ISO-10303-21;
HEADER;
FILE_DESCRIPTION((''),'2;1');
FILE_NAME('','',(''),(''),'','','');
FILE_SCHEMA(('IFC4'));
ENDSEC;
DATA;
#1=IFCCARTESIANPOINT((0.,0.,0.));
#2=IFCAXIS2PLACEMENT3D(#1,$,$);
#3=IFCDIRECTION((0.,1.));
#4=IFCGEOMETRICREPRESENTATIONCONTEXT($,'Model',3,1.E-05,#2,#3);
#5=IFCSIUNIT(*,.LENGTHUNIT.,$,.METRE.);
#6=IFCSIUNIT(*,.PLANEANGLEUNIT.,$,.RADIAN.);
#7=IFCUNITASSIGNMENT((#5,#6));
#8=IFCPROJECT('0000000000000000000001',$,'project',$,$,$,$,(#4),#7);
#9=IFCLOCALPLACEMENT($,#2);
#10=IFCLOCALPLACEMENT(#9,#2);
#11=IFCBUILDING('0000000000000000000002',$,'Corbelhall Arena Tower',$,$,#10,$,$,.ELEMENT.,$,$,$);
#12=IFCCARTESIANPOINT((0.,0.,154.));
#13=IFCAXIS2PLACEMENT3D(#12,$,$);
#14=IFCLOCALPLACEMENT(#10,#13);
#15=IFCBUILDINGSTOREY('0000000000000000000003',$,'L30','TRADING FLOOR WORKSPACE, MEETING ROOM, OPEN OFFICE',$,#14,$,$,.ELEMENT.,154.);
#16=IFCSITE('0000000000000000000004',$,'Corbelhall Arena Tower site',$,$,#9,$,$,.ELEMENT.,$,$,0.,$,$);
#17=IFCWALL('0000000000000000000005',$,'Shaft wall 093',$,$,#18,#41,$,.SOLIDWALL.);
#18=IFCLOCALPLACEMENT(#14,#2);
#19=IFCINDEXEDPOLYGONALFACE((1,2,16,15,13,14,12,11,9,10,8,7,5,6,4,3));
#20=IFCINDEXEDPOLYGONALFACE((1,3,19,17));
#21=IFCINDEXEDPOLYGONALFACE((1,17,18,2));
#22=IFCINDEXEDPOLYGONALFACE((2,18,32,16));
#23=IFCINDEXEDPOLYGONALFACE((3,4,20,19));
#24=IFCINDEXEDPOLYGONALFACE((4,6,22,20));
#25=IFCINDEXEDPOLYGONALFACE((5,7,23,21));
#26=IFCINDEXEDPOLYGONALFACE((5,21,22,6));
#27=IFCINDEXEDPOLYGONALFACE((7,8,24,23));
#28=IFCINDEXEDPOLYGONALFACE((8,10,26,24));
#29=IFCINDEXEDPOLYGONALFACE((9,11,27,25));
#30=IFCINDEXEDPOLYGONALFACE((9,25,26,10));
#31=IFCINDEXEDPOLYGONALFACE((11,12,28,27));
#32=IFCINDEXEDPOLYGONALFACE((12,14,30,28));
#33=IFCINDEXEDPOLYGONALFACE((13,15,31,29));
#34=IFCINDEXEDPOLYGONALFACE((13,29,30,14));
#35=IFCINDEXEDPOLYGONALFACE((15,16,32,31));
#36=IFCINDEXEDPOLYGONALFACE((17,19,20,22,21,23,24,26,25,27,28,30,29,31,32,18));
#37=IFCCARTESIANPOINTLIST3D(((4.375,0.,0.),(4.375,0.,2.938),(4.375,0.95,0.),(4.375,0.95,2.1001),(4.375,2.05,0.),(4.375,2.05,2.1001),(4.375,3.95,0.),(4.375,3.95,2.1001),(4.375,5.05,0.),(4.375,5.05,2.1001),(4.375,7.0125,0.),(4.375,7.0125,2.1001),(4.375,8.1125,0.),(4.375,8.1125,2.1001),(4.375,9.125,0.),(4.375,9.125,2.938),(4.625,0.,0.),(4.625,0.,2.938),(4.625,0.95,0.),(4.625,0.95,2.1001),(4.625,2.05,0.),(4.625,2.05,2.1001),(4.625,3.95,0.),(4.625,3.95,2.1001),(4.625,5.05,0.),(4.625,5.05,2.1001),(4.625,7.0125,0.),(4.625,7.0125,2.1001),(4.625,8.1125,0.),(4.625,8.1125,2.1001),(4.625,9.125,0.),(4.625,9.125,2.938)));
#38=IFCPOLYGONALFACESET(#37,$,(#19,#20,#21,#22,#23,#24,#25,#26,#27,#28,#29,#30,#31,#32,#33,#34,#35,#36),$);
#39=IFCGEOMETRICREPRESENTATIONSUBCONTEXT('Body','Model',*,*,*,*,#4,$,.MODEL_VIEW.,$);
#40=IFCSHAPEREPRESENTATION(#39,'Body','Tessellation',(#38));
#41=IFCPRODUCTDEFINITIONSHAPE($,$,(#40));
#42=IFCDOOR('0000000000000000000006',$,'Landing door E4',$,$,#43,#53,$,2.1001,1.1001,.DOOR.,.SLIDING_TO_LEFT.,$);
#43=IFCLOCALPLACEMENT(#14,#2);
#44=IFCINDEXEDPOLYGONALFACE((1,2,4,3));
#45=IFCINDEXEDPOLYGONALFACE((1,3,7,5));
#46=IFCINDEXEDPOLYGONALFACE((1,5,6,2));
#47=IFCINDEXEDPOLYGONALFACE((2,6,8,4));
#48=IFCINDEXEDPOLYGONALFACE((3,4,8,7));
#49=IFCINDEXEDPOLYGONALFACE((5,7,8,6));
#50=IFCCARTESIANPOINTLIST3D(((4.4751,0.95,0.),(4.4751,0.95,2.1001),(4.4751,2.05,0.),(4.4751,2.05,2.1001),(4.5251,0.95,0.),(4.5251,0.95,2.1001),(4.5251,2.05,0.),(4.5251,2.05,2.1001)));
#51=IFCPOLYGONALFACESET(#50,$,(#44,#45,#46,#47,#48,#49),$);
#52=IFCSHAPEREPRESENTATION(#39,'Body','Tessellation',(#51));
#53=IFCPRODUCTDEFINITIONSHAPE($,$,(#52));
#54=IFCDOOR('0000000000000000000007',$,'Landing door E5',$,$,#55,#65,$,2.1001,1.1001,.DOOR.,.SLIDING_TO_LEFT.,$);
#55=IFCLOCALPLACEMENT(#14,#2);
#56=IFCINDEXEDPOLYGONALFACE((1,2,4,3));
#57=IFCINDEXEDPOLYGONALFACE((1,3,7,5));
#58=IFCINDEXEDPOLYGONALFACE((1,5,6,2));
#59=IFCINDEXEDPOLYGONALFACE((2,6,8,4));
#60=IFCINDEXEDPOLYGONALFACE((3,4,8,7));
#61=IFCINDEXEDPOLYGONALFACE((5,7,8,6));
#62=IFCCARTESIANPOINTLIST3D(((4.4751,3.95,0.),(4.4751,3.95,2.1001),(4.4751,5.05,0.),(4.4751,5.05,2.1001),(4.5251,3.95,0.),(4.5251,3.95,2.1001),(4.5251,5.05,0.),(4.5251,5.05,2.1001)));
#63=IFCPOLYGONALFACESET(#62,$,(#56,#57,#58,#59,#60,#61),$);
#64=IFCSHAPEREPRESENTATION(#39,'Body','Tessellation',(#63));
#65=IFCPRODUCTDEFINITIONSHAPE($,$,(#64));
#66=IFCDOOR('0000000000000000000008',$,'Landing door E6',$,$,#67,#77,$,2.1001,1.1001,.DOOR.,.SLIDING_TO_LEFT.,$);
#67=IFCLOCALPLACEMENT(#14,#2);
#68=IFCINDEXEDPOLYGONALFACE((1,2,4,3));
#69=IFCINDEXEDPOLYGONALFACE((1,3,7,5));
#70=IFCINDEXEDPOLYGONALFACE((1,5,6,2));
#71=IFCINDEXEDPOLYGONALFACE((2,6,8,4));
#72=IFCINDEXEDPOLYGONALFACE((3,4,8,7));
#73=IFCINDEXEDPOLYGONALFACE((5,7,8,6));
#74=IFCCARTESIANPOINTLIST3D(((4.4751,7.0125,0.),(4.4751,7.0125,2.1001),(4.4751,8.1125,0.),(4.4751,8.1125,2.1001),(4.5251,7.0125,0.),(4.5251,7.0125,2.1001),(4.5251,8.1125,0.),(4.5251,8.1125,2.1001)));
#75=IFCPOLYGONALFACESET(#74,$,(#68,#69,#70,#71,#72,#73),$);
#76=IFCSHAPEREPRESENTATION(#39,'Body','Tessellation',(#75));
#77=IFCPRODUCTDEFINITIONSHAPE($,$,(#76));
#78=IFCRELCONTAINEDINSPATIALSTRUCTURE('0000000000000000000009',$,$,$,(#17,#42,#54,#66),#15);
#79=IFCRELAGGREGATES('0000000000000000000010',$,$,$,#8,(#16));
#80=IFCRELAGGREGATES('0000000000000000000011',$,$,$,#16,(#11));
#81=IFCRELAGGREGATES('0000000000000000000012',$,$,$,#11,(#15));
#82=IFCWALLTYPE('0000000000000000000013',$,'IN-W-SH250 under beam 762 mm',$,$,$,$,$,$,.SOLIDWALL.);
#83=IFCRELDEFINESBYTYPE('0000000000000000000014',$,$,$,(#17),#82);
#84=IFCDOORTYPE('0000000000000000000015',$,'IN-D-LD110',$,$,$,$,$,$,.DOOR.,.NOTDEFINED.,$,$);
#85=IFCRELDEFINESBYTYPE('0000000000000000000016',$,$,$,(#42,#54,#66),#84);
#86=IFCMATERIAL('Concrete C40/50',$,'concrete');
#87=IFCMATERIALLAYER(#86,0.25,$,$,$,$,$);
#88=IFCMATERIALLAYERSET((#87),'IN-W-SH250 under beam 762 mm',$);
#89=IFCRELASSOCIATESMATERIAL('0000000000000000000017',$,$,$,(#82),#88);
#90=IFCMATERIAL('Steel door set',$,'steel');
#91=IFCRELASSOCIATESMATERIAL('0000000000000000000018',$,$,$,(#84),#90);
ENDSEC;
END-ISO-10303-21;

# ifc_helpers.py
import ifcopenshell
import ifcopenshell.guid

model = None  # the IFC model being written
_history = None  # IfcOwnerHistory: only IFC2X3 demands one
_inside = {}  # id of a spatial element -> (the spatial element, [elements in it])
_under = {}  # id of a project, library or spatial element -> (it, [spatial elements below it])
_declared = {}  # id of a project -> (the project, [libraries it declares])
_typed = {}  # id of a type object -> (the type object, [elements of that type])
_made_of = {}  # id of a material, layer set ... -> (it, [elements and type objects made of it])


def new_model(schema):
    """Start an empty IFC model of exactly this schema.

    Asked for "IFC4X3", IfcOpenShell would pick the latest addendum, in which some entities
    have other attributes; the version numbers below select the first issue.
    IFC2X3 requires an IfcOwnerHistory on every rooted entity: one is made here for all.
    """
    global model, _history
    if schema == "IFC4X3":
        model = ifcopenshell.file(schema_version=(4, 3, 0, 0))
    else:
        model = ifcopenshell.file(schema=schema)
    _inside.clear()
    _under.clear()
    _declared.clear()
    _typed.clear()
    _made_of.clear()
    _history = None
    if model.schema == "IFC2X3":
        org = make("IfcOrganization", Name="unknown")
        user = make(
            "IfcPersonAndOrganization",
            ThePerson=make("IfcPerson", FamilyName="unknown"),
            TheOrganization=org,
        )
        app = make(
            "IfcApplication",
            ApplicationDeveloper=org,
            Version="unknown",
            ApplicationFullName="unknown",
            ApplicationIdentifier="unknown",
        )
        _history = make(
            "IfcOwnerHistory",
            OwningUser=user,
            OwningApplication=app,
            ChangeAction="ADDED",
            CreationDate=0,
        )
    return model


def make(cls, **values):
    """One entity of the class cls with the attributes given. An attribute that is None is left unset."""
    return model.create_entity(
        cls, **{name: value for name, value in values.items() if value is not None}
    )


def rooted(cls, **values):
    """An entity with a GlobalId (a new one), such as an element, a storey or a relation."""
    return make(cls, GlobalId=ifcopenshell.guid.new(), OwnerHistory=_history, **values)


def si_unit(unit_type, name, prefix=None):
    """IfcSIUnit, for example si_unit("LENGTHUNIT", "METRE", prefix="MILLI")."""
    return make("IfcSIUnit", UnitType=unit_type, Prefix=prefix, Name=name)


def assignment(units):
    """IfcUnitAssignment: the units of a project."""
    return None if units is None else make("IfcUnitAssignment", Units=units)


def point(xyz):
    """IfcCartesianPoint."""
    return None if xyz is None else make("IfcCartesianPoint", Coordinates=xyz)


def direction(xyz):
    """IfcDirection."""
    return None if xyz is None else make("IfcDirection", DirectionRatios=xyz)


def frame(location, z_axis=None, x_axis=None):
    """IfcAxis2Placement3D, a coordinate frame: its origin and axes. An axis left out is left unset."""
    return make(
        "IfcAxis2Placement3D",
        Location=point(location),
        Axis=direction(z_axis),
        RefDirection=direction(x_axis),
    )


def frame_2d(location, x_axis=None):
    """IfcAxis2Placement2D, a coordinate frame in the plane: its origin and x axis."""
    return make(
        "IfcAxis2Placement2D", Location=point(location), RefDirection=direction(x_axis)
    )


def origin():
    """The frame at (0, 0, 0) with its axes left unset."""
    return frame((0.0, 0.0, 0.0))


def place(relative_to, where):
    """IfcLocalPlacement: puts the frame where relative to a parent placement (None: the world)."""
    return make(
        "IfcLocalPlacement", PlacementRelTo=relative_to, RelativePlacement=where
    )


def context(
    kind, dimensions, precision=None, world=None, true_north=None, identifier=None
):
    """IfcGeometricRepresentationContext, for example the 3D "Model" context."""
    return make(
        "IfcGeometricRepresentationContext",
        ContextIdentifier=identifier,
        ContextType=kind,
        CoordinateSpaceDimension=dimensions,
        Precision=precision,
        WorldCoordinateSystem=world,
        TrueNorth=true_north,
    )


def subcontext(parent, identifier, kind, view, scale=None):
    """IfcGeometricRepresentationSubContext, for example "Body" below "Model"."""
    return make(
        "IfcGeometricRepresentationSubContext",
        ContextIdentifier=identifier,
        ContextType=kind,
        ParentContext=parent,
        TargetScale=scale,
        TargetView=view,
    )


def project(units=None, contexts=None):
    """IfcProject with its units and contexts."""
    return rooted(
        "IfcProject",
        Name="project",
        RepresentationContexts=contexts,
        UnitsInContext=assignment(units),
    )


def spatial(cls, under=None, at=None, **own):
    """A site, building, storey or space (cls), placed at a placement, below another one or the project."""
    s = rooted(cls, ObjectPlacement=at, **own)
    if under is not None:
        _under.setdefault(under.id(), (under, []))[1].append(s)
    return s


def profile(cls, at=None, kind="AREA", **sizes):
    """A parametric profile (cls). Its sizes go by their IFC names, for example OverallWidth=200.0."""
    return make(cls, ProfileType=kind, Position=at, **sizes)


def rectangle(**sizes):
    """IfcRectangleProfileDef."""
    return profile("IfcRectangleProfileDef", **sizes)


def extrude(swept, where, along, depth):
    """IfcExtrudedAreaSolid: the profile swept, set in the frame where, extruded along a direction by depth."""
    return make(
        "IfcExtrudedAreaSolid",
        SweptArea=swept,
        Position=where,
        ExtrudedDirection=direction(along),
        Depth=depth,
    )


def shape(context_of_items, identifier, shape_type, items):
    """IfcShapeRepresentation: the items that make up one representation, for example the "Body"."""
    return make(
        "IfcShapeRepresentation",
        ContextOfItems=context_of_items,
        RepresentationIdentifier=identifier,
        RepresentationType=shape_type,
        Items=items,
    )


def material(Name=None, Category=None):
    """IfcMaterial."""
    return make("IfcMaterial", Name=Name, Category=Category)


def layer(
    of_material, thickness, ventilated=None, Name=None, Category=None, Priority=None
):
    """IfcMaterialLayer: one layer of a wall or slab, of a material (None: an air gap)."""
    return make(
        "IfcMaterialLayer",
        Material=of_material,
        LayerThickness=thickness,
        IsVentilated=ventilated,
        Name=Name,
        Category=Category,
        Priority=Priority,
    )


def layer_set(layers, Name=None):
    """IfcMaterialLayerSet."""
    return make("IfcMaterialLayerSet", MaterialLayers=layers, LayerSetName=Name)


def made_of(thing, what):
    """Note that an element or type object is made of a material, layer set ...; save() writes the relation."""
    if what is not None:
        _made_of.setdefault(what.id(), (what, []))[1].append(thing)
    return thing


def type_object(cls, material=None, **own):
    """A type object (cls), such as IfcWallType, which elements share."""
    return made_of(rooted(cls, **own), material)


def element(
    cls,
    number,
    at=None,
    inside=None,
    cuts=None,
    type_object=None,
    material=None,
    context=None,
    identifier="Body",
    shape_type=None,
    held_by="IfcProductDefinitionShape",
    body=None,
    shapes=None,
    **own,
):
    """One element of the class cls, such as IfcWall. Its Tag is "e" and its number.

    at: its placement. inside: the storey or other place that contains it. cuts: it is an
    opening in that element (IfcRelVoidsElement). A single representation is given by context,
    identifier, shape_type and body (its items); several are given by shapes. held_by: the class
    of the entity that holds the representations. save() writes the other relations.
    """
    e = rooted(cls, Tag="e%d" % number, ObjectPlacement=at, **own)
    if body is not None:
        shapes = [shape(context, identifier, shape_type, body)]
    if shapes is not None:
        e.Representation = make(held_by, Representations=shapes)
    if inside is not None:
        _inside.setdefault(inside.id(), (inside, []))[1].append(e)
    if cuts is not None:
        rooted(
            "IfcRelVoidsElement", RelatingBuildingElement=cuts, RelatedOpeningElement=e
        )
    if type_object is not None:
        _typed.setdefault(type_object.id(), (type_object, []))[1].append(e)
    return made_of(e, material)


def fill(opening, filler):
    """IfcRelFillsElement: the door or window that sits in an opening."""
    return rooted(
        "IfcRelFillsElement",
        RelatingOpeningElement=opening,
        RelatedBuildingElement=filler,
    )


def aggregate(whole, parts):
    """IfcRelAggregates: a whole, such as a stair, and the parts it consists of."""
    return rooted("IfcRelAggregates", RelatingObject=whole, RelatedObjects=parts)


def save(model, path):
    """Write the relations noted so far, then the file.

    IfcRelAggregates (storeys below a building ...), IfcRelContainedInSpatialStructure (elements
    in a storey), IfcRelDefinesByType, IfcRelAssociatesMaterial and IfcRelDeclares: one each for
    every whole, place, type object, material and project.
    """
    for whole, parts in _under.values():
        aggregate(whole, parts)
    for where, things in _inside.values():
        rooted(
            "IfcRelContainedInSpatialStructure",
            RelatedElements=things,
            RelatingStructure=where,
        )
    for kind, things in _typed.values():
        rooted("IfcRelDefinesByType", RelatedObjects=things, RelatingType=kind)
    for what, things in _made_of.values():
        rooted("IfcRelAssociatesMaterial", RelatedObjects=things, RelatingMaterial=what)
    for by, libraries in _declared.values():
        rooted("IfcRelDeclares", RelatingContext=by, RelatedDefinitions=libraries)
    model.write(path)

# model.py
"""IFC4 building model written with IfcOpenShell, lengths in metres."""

from ifc_helpers import new_model, si_unit, direction, frame, frame_2d, origin, place, context, subcontext, project, spatial, rectangle, extrude, material, layer, layer_set, type_object, element, fill, save


model = new_model("IFC4")

# Units and contexts
model_context = context("Model", 3, precision=1e-05, world=origin(), true_north=direction((0.0, 1.0)))
body_context = subcontext(model_context, "Body", "Model", "MODEL_VIEW")
ifc_project = project(units=[si_unit("LENGTHUNIT", "METRE"), si_unit("PLANEANGLEUNIT", "RADIAN")], contexts=[model_context])

# Site, building, storey
site_placement = place(None, origin())
site = spatial("IfcSite", under=ifc_project, at=site_placement, Name="Corbelhall Arena Tower site", CompositionType="ELEMENT", RefElevation=0.0)
building_placement = place(site_placement, origin())
building = spatial("IfcBuilding", under=site, at=building_placement, Name="Corbelhall Arena Tower", CompositionType="ELEMENT")
storey_placement = place(building_placement, frame((0.0, 0.0, 154.0)))
storey = spatial("IfcBuildingStorey", under=building, at=storey_placement, Name="L30", Description="TRADING FLOOR WORKSPACE, MEETING ROOM, OPEN OFFICE", CompositionType="ELEMENT", Elevation=154.0)

# Shared definitions
ifc_material_1 = material(Name="Concrete C40/50", Category="concrete")

# Shared definitions
ifc_material_2 = material(Name="Steel door set", Category="steel")

# Wall, openings, doors
ifc_layer_1 = layer(ifc_material_1, 0.25)
ifc_layer_set_1 = layer_set([ifc_layer_1], Name="IN-W-SH250 under beam 762 mm")
wall_type_1 = type_object("IfcWallType", Name="IN-W-SH250 under beam 762 mm", PredefinedType="SOLIDWALL", material=ifc_layer_set_1)
wall_1_placement = place(storey_placement, frame((4.5, 0.0, 0.0), z_axis=(0.0, 0.0, 1.0), x_axis=(0.0, 1.0, 0.0)))
wall_1 = element("IfcWall", 1, at=wall_1_placement, inside=storey, type_object=wall_type_1, Name="Shaft wall 093", PredefinedType="SOLIDWALL", context=body_context, shape_type="SweptSolid", body=[
    extrude(rectangle(XDim=9.125, YDim=0.25, at=frame_2d((4.5625, 0.0))), origin(), (0.0, 0.0, 1.0), 2.938),
])
opening_1_placement = place(wall_1_placement, frame((0.95, 0.0, 0.0)))
opening_1 = element("IfcOpeningElement", 2, at=opening_1_placement, cuts=wall_1, PredefinedType="OPENING", context=body_context, shape_type="SweptSolid", body=[
    extrude(rectangle(XDim=1.1001, YDim=2.1001, at=frame_2d((0.55, 1.05))), frame((0.0, 0.125, 0.0), z_axis=(0.0, -1.0, 0.0), x_axis=(1.0, 0.0, 0.0)), (0.0, 0.0, 1.0), 0.25),
])
opening_2_placement = place(wall_1_placement, frame((3.95, 0.0, 0.0)))
opening_2 = element("IfcOpeningElement", 3, at=opening_2_placement, cuts=wall_1, PredefinedType="OPENING", context=body_context, shape_type="SweptSolid", body=[
    extrude(rectangle(XDim=1.1001, YDim=2.1001, at=frame_2d((0.55, 1.05))), frame((0.0, 0.125, 0.0), z_axis=(0.0, -1.0, 0.0), x_axis=(1.0, 0.0, 0.0)), (0.0, 0.0, 1.0), 0.25),
])
opening_3_placement = place(wall_1_placement, frame((7.0125, 0.0, 0.0)))
opening_3 = element("IfcOpeningElement", 4, at=opening_3_placement, cuts=wall_1, PredefinedType="OPENING", context=body_context, shape_type="SweptSolid", body=[
    extrude(rectangle(XDim=1.1001, YDim=2.1001, at=frame_2d((0.55, 1.05))), frame((0.0, 0.125, 0.0), z_axis=(0.0, -1.0, 0.0), x_axis=(1.0, 0.0, 0.0)), (0.0, 0.0, 1.0), 0.25),
])
door_type_1 = type_object("IfcDoorType", Name="IN-D-LD110", OperationType="NOTDEFINED", PredefinedType="DOOR", material=ifc_material_2)
door_1_placement = place(opening_1_placement, origin())
door_1 = element("IfcDoor", 5, at=door_1_placement, inside=storey, type_object=door_type_1, Name="Landing door E4", OperationType="SLIDING_TO_LEFT", OverallHeight=2.1001, OverallWidth=1.1001, PredefinedType="DOOR", context=body_context, shape_type="SweptSolid", body=[
    extrude(rectangle(XDim=1.1001, YDim=2.1001, at=frame_2d((0.55, 1.05))), frame((0.0, 0.0249, 0.0), z_axis=(0.0, -1.0, 0.0), x_axis=(1.0, 0.0, 0.0)), (0.0, 0.0, 1.0), 0.05),
])
fill(opening_1, door_1)
door_2_placement = place(opening_2_placement, origin())
door_2 = element("IfcDoor", 6, at=door_2_placement, inside=storey, type_object=door_type_1, Name="Landing door E5", OperationType="SLIDING_TO_LEFT", OverallHeight=2.1001, OverallWidth=1.1001, PredefinedType="DOOR", context=body_context, shape_type="SweptSolid", body=[
    extrude(rectangle(XDim=1.1001, YDim=2.1001, at=frame_2d((0.55, 1.05))), frame((0.0, 0.0249, 0.0), z_axis=(0.0, -1.0, 0.0), x_axis=(1.0, 0.0, 0.0)), (0.0, 0.0, 1.0), 0.05),
])
fill(opening_2, door_2)
door_3_placement = place(opening_3_placement, origin())
door_3 = element("IfcDoor", 7, at=door_3_placement, inside=storey, type_object=door_type_1, Name="Landing door E6", OperationType="SLIDING_TO_LEFT", OverallHeight=2.1001, OverallWidth=1.1001, PredefinedType="DOOR", context=body_context, shape_type="SweptSolid", body=[
    extrude(rectangle(XDim=1.1001, YDim=2.1001, at=frame_2d((0.55, 1.05))), frame((0.0, 0.0249, 0.0), z_axis=(0.0, -1.0, 0.0), x_axis=(1.0, 0.0, 0.0)), (0.0, 0.0, 1.0), 0.05),
])
fill(opening_3, door_3)

save(model, "model.ifc")
